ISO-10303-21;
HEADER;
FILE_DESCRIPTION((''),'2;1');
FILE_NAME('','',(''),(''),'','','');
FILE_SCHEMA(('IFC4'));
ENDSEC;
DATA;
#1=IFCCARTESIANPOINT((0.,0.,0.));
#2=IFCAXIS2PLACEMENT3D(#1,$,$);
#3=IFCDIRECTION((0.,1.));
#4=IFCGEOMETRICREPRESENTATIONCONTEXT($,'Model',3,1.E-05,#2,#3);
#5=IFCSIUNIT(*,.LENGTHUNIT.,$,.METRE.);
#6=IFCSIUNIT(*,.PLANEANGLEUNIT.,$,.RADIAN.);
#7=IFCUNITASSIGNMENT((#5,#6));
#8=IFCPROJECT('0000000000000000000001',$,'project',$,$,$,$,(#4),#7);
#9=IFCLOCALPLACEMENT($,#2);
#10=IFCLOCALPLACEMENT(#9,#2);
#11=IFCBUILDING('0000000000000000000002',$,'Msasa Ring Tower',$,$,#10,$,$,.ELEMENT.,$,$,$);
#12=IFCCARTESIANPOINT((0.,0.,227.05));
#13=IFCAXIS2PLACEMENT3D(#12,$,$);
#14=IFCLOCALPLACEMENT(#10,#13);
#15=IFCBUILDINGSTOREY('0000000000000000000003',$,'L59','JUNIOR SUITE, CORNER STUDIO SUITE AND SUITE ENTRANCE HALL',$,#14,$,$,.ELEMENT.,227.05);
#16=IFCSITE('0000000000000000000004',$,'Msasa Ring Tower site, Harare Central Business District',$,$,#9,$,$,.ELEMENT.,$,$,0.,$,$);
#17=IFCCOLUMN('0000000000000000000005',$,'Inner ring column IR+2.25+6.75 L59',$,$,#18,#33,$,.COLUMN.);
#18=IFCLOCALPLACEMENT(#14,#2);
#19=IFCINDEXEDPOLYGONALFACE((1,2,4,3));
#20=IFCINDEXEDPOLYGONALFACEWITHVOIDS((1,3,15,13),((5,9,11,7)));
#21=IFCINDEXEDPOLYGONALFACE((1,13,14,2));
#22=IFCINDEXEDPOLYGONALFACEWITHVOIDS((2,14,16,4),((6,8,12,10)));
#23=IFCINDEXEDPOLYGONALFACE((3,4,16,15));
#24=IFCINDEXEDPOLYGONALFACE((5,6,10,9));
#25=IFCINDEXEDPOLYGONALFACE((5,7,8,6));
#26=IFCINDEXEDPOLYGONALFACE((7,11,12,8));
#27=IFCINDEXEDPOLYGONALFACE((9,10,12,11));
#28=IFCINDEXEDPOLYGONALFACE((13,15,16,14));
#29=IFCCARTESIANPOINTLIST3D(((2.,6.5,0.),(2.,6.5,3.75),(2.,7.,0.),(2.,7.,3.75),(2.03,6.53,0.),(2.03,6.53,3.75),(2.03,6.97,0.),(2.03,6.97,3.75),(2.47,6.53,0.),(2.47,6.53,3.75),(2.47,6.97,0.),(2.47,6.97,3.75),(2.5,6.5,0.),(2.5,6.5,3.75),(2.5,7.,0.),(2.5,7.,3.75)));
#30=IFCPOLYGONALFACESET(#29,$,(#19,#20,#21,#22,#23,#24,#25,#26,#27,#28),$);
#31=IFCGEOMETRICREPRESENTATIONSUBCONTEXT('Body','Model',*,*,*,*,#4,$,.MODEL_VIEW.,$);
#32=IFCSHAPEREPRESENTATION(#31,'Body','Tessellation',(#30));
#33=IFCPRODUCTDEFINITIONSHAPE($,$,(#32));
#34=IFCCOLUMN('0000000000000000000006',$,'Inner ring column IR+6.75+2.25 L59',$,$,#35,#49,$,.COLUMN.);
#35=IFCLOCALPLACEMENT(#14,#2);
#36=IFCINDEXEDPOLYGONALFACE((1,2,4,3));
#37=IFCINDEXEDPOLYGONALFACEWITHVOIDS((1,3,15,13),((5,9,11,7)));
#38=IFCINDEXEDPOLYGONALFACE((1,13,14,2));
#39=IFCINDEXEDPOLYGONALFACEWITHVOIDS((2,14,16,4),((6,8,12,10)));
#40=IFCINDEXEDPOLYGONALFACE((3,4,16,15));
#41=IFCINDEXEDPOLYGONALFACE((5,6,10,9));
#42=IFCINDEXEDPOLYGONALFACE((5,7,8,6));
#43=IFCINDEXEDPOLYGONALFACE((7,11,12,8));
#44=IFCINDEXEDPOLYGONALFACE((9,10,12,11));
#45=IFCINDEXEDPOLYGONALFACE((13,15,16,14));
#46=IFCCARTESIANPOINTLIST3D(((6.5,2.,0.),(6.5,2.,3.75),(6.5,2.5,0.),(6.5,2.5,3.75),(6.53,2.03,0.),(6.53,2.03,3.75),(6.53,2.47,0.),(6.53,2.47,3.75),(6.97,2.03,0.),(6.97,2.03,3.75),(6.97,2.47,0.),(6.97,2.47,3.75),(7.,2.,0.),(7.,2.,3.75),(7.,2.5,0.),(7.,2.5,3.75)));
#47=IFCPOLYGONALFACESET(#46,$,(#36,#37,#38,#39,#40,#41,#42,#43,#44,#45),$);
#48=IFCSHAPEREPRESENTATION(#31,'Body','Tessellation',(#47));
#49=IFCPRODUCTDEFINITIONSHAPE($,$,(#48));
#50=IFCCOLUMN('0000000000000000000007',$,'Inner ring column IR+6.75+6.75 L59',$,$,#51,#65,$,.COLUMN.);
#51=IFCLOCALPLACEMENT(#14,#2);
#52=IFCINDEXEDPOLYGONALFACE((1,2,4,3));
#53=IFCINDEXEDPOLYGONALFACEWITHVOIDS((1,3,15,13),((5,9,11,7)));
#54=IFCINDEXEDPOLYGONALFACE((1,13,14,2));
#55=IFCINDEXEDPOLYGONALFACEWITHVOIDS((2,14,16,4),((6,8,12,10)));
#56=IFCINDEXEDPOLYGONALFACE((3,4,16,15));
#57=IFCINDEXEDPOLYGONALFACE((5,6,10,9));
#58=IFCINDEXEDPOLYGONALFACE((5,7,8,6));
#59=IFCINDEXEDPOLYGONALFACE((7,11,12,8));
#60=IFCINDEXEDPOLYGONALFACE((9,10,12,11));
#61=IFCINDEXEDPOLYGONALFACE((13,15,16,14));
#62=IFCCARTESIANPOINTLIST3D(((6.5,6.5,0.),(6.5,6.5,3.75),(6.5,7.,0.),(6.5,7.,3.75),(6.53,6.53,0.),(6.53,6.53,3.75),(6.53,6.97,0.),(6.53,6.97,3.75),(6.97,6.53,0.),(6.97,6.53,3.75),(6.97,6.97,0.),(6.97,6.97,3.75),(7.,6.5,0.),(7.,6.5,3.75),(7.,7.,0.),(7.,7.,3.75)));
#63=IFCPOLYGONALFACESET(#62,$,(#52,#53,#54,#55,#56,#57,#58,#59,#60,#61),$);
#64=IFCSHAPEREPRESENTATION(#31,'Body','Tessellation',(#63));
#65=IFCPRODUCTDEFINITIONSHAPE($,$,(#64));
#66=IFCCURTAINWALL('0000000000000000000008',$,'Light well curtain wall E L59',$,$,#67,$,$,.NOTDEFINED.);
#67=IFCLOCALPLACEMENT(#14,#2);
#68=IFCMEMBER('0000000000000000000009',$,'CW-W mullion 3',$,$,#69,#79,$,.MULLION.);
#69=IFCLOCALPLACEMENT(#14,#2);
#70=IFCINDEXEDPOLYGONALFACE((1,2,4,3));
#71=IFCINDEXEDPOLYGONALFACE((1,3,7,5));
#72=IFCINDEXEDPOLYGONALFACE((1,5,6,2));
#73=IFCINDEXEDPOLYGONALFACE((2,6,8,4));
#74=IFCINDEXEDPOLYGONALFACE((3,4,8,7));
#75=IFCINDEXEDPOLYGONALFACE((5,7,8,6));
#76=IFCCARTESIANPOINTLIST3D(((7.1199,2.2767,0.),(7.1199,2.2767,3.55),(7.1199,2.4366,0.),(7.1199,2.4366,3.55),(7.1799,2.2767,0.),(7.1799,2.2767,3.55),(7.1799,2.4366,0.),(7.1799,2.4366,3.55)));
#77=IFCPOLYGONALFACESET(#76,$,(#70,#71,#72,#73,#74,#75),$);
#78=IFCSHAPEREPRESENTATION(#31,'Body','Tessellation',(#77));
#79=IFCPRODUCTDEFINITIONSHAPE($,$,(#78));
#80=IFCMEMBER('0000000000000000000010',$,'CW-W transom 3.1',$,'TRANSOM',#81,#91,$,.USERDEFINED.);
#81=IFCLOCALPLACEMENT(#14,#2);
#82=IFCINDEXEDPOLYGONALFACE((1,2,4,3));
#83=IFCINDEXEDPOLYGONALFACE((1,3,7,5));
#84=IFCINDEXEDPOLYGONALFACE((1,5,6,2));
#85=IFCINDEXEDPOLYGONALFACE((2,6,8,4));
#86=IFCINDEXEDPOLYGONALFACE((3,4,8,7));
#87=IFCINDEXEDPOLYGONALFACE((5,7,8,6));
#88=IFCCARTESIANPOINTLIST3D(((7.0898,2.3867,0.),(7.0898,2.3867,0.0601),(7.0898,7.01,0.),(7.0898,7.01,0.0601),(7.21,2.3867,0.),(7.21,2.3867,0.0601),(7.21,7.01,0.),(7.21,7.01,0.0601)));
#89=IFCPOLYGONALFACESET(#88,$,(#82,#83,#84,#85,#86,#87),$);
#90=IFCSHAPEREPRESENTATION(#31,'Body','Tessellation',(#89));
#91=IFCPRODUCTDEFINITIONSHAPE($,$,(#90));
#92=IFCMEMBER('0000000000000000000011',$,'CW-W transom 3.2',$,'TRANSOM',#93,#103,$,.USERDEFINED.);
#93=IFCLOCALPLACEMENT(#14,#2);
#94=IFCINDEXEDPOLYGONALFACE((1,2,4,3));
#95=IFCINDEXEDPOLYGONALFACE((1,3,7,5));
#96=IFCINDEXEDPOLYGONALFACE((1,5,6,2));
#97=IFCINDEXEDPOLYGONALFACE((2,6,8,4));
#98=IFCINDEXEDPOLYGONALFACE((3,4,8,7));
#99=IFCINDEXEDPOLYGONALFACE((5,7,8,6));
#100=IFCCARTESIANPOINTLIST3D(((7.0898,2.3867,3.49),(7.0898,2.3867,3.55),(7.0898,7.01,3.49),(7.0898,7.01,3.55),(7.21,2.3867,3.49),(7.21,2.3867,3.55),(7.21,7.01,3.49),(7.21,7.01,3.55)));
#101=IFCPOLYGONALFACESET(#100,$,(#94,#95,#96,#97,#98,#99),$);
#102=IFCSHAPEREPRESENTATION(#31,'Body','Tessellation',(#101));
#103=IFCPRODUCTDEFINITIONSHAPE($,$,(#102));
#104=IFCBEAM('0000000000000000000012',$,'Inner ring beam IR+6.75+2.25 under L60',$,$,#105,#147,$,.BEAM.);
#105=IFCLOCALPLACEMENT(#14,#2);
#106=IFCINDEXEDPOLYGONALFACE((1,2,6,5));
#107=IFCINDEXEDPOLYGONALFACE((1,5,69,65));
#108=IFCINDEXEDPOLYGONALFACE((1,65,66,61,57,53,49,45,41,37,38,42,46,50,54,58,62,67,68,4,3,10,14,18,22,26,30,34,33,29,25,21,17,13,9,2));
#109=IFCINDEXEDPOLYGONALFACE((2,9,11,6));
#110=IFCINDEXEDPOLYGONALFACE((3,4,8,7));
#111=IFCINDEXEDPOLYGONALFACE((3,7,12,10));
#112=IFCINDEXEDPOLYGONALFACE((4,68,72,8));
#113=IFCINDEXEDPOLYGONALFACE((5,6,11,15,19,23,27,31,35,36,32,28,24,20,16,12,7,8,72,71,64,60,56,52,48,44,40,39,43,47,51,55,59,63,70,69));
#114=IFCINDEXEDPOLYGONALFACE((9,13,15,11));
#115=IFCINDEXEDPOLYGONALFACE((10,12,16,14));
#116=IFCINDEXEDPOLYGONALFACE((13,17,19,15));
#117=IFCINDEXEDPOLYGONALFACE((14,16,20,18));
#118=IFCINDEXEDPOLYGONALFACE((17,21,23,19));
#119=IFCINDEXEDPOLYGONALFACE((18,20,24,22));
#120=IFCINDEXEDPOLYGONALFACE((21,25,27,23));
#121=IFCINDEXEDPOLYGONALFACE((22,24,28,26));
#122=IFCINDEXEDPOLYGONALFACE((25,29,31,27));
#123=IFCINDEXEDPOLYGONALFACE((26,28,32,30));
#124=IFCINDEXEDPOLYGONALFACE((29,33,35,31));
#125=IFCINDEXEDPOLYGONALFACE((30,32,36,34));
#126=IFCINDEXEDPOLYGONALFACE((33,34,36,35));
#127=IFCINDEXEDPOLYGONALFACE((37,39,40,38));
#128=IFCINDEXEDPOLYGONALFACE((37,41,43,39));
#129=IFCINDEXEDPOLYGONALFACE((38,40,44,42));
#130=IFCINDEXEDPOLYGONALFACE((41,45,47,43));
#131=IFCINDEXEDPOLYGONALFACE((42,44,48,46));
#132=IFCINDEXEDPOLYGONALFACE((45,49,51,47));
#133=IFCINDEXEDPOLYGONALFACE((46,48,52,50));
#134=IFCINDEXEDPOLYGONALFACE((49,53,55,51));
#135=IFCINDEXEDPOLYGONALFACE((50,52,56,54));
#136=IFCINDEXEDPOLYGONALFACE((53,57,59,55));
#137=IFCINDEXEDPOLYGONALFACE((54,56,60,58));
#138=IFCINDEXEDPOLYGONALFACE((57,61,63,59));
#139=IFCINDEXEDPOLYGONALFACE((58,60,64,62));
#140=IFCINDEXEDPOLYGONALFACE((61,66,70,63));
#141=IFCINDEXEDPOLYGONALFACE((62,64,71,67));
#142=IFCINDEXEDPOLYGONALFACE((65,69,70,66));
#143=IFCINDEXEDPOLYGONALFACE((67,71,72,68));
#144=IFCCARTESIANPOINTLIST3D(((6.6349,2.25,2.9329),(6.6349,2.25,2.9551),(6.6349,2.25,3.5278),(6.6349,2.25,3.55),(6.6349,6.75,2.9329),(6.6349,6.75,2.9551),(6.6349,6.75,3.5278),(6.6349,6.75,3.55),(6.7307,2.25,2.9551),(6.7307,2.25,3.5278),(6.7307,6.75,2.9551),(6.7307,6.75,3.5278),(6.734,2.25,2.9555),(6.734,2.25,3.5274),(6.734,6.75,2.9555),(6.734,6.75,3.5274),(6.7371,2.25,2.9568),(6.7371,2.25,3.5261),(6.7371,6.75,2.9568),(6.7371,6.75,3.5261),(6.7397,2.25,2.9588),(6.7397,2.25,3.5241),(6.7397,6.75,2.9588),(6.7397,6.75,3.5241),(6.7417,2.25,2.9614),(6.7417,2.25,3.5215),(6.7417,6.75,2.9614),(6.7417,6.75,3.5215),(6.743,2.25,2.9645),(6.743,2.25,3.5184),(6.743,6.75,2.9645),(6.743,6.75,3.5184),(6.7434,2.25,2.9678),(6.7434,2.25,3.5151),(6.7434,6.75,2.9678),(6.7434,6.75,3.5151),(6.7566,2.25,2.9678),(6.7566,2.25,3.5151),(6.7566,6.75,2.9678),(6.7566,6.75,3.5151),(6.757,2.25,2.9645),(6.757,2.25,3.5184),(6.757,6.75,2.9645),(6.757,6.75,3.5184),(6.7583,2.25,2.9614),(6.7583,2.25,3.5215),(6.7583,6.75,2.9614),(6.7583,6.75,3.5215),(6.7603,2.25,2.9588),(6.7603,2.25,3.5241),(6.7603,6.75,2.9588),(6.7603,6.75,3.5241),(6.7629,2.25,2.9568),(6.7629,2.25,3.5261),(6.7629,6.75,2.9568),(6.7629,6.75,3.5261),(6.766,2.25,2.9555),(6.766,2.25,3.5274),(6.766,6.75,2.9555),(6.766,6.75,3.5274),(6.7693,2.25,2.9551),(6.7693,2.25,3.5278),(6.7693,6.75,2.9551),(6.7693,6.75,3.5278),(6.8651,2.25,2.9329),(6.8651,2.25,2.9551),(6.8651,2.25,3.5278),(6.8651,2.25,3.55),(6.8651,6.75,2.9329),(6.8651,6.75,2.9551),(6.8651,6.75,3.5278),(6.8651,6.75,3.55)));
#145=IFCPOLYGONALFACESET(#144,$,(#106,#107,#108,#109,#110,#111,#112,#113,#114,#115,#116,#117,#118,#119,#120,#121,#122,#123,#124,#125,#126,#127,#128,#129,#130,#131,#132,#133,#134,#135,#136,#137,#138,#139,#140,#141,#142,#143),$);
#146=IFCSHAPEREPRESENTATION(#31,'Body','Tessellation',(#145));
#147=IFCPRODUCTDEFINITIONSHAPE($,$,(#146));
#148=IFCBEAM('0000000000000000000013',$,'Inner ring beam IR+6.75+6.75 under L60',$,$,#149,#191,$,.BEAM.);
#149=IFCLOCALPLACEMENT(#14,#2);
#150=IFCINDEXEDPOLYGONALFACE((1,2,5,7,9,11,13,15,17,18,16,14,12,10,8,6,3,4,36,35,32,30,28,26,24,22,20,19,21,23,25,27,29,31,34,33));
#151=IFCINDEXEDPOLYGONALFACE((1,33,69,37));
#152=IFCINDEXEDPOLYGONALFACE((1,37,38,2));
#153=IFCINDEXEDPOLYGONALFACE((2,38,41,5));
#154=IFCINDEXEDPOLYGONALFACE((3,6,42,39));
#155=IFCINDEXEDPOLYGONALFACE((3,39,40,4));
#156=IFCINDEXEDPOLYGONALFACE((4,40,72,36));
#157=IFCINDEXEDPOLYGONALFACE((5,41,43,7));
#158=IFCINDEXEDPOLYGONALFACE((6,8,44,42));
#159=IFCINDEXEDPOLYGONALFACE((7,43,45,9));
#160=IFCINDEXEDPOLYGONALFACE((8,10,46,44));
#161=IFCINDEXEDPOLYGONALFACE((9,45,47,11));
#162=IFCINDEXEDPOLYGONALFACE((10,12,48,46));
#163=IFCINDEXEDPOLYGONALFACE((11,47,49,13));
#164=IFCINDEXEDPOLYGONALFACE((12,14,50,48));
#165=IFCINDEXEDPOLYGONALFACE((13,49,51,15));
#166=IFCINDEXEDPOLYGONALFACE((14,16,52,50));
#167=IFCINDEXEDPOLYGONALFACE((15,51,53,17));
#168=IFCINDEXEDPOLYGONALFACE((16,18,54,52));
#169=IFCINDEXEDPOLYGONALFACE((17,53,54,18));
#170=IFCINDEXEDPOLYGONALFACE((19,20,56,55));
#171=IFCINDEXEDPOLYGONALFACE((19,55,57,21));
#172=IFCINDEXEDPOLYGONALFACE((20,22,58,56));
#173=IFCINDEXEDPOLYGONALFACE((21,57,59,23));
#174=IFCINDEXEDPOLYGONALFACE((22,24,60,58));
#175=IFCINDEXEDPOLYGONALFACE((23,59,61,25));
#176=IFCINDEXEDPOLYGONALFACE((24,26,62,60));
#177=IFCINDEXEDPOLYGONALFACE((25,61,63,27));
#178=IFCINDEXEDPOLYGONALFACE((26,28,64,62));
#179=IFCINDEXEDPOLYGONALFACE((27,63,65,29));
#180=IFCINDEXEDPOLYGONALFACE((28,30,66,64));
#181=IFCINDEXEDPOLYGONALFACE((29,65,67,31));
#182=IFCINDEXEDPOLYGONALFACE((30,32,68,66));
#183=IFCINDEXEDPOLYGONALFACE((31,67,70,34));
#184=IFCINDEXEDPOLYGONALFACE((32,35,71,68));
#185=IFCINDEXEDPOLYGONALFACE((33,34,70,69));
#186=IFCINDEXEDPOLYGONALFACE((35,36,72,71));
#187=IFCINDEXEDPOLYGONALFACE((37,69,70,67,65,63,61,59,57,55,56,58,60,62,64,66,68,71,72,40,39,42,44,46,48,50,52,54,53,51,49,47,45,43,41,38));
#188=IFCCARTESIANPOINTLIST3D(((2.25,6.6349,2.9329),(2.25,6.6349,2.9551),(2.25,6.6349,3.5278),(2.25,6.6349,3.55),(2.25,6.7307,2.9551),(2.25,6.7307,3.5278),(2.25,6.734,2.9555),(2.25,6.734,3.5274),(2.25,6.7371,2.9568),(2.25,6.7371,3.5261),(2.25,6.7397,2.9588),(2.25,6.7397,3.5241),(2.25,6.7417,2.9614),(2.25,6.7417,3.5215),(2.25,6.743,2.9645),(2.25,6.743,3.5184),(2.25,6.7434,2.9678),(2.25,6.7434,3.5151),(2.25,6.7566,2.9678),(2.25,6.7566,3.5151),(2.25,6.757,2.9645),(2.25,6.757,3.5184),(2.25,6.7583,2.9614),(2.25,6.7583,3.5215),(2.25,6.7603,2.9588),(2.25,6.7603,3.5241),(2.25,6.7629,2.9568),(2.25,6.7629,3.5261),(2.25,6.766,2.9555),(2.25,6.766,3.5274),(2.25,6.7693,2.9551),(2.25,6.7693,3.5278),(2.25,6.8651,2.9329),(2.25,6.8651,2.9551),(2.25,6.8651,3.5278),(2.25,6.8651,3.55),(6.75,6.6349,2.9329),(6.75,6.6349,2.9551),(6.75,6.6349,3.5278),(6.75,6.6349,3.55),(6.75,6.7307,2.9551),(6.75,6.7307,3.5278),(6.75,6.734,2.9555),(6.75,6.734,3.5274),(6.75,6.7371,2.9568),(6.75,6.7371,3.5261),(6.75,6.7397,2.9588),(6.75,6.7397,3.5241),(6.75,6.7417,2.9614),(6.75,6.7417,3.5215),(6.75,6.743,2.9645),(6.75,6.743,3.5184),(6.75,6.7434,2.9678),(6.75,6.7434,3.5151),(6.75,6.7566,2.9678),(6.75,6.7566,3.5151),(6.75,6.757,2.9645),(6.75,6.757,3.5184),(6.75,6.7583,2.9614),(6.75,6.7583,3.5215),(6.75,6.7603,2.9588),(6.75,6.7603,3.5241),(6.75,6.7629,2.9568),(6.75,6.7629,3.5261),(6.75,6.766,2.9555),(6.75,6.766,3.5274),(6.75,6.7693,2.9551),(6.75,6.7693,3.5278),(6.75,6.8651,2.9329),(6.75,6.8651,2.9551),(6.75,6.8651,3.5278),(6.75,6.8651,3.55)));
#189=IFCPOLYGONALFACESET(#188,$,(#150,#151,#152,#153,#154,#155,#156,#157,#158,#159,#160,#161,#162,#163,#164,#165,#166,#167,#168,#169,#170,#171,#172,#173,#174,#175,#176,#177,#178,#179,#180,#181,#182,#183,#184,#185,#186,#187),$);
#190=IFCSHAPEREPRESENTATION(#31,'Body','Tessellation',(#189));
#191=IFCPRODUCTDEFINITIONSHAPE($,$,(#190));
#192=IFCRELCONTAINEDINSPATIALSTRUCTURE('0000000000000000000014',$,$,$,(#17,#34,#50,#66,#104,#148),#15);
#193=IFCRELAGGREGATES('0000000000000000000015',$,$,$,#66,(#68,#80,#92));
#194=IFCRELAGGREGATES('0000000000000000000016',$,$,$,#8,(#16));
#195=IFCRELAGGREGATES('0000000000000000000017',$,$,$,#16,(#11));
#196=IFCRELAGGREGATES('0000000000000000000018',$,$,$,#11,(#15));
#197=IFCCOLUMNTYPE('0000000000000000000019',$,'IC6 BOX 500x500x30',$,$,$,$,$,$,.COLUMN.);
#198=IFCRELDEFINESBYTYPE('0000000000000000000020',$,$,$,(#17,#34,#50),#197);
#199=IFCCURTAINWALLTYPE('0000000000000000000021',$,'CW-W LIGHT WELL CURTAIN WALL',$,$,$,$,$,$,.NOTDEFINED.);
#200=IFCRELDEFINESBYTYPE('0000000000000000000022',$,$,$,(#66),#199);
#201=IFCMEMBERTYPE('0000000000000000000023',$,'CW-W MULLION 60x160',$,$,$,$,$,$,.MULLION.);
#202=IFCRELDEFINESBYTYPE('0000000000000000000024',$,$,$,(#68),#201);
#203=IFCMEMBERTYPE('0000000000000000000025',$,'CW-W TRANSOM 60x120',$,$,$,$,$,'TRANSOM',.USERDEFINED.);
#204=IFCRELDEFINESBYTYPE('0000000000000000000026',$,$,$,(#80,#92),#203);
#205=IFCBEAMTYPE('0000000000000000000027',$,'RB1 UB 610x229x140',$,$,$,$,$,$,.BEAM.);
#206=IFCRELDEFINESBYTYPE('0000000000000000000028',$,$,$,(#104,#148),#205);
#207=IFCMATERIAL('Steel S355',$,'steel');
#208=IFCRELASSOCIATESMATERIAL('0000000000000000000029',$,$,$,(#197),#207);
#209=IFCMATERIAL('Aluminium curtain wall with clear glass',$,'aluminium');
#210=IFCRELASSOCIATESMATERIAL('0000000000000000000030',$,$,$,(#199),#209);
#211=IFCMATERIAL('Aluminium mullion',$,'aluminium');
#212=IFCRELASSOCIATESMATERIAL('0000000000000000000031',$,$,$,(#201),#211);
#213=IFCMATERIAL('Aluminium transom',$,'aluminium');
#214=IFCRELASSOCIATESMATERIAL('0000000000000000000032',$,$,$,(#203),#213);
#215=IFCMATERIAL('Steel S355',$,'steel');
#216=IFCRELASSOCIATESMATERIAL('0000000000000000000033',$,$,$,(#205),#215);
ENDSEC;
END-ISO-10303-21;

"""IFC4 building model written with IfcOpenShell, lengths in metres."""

from ifc_helpers import new_model, si_unit, direction, frame, origin, origin_2d, place, context, subcontext, project, spatial, rectangle, hollow_rectangle, i_section, extrude, material, material_profile, profile_set, type_object, element, aggregate, save


model = new_model("IFC4")

# Units and contexts
model_context = context("Model", 3, precision=1e-05, world=origin(), true_north=direction((0.0, 1.0)))
body_context = subcontext(model_context, "Body", "Model", "MODEL_VIEW")
ifc_project = project(units=[si_unit("LENGTHUNIT", "METRE"), si_unit("PLANEANGLEUNIT", "RADIAN")], contexts=[model_context])

# Site, building, storey
site_placement = place(None, origin())
site = spatial("IfcSite", under=ifc_project, at=site_placement, Name="Msasa Ring Tower site, Harare Central Business District", CompositionType="ELEMENT", RefElevation=0.0)
building_placement = place(site_placement, origin())
building = spatial("IfcBuilding", under=site, at=building_placement, Name="Msasa Ring Tower", CompositionType="ELEMENT")
storey_placement = place(building_placement, frame((0.0, 0.0, 227.05)))
storey = spatial("IfcBuildingStorey", under=building, at=storey_placement, Name="L59", Description="JUNIOR SUITE, CORNER STUDIO SUITE AND SUITE ENTRANCE HALL", CompositionType="ELEMENT", Elevation=227.05)

# Columns
ifc_material_1 = material(Name="Steel S355", Category="steel")
ifc_material_profile_1 = material_profile(ifc_material_1, hollow_rectangle(XDim=0.5, YDim=0.5, WallThickness=0.03, at=origin_2d()), Name="BOX 500x500x30")
ifc_profile_set_1 = profile_set([ifc_material_profile_1], Name="Steel S355")
column_type = type_object("IfcColumnType", Name="IC6 BOX 500x500x30", PredefinedType="COLUMN", material=ifc_profile_set_1)
for number, where, z_axis, x_axis, name in (
    (1, (2.25, 6.75, 0.0), (0.0, 0.0, 1.0), (1.0, 0.0, 0.0), "Inner ring column IR+2.25+6.75 L59"),
    (2, (6.75, 2.25, 0.0), (0.0, 0.0, 1.0), (1.0, 0.0, 0.0), "Inner ring column IR+6.75+2.25 L59"),
    (3, (6.75, 6.75, 0.0), (0.0, 0.0, 1.0), (1.0, 0.0, 0.0), "Inner ring column IR+6.75+6.75 L59"),
):
    element("IfcColumn", number, at=place(storey_placement, frame(where, z_axis=z_axis, x_axis=x_axis)), inside=storey, type_object=column_type, Name=name, PredefinedType="COLUMN", context=body_context, shape_type="SweptSolid", body=[
        extrude(hollow_rectangle(XDim=0.5, YDim=0.5, WallThickness=0.03, at=origin_2d()), origin(), (0.0, 0.0, 1.0), 3.75),
    ])

# Curtain wall, members
ifc_material_2 = material(Name="Aluminium curtain wall with clear glass", Category="aluminium")
curtain_wall_type = type_object("IfcCurtainWallType", Name="CW-W LIGHT WELL CURTAIN WALL", PredefinedType="NOTDEFINED", material=ifc_material_2)
curtain_wall_placement = place(storey_placement, origin())
curtain_wall = element("IfcCurtainWall", 4, at=curtain_wall_placement, inside=storey, type_object=curtain_wall_type, Name="Light well curtain wall E L59", PredefinedType="NOTDEFINED")
ifc_material_3 = material(Name="Aluminium mullion", Category="aluminium")
ifc_material_profile_2 = material_profile(ifc_material_3, rectangle(XDim=0.0601, YDim=0.1599, at=origin_2d()), Name="AL 60x160")
ifc_profile_set_2 = profile_set([ifc_material_profile_2], Name="Aluminium mullion")
member_type_1 = type_object("IfcMemberType", Name="CW-W MULLION 60x160", PredefinedType="MULLION", material=ifc_profile_set_2)
member_1_placement = place(storey_placement, frame((7.1499, 2.3567, 0.0), z_axis=(0.0, 0.0, 1.0), x_axis=(-1.0, 0.0, 0.0)))
member_1 = element("IfcMember", 5, at=member_1_placement, type_object=member_type_1, Name="CW-W mullion 3", PredefinedType="MULLION", context=body_context, shape_type="SweptSolid", body=[
    extrude(rectangle(XDim=0.0601, YDim=0.1599, at=origin_2d()), origin(), (0.0, 0.0, 1.0), 3.55),
])
ifc_material_4 = material(Name="Aluminium transom", Category="aluminium")
ifc_material_profile_3 = material_profile(ifc_material_4, rectangle(XDim=0.1201, YDim=0.0601, at=origin_2d()), Name="AL 60x120")
ifc_profile_set_3 = profile_set([ifc_material_profile_3], Name="Aluminium transom")
member_type_2 = type_object("IfcMemberType", Name="CW-W TRANSOM 60x120", ElementType="TRANSOM", PredefinedType="USERDEFINED", material=ifc_profile_set_3)
member_2_placement = place(storey_placement, frame((7.1499, 2.3867, 0.03), z_axis=(0.0, 1.0, 0.0), x_axis=(-1.0, 0.0, 0.0)))
member_2 = element("IfcMember", 6, at=member_2_placement, type_object=member_type_2, Name="CW-W transom 3.1", ObjectType="TRANSOM", PredefinedType="USERDEFINED", context=body_context, shape_type="SweptSolid", body=[
    extrude(rectangle(XDim=0.1201, YDim=0.0601, at=origin_2d()), origin(), (0.0, 0.0, 1.0), 4.6233),
])
member_3_placement = place(storey_placement, frame((7.1499, 2.3867, 3.52), z_axis=(0.0, 1.0, 0.0), x_axis=(-1.0, 0.0, 0.0)))
member_3 = element("IfcMember", 7, at=member_3_placement, type_object=member_type_2, Name="CW-W transom 3.2", ObjectType="TRANSOM", PredefinedType="USERDEFINED", context=body_context, shape_type="SweptSolid", body=[
    extrude(rectangle(XDim=0.1201, YDim=0.0601, at=origin_2d()), origin(), (0.0, 0.0, 1.0), 4.6233),
])

# Beams
ifc_material_5 = material(Name="Steel S355", Category="steel")
ifc_material_profile_4 = material_profile(ifc_material_5, i_section(OverallWidth=0.2302, OverallDepth=0.6172, WebThickness=0.0132, FlangeThickness=0.0222, FilletRadius=0.0127, at=origin_2d()), Name="UB 610x229x140")
ifc_profile_set_4 = profile_set([ifc_material_profile_4], Name="Steel S355")
beam_type = type_object("IfcBeamType", Name="RB1 UB 610x229x140", PredefinedType="BEAM", material=ifc_profile_set_4)
for number, where, z_axis, x_axis, name in (
    (8, (6.75, 2.25, 3.2415), (0.0, 1.0, 0.0), (-1.0, 0.0, 0.0), "Inner ring beam IR+6.75+2.25 under L60"),
    (9, (6.75, 6.75, 3.2415), (-1.0, 0.0, 0.0), (0.0, -1.0, 0.0), "Inner ring beam IR+6.75+6.75 under L60"),
):
    element("IfcBeam", number, at=place(storey_placement, frame(where, z_axis=z_axis, x_axis=x_axis)), inside=storey, type_object=beam_type, Name=name, PredefinedType="BEAM", context=body_context, shape_type="SweptSolid", body=[
        extrude(i_section(OverallWidth=0.2302, OverallDepth=0.6172, WebThickness=0.0132, FlangeThickness=0.0222, FilletRadius=0.0127, at=origin_2d()), origin(), (0.0, 0.0, 1.0), 4.5),
    ])

aggregate(curtain_wall, [member_1, member_2, member_3])

save(model, "model.ifc")
